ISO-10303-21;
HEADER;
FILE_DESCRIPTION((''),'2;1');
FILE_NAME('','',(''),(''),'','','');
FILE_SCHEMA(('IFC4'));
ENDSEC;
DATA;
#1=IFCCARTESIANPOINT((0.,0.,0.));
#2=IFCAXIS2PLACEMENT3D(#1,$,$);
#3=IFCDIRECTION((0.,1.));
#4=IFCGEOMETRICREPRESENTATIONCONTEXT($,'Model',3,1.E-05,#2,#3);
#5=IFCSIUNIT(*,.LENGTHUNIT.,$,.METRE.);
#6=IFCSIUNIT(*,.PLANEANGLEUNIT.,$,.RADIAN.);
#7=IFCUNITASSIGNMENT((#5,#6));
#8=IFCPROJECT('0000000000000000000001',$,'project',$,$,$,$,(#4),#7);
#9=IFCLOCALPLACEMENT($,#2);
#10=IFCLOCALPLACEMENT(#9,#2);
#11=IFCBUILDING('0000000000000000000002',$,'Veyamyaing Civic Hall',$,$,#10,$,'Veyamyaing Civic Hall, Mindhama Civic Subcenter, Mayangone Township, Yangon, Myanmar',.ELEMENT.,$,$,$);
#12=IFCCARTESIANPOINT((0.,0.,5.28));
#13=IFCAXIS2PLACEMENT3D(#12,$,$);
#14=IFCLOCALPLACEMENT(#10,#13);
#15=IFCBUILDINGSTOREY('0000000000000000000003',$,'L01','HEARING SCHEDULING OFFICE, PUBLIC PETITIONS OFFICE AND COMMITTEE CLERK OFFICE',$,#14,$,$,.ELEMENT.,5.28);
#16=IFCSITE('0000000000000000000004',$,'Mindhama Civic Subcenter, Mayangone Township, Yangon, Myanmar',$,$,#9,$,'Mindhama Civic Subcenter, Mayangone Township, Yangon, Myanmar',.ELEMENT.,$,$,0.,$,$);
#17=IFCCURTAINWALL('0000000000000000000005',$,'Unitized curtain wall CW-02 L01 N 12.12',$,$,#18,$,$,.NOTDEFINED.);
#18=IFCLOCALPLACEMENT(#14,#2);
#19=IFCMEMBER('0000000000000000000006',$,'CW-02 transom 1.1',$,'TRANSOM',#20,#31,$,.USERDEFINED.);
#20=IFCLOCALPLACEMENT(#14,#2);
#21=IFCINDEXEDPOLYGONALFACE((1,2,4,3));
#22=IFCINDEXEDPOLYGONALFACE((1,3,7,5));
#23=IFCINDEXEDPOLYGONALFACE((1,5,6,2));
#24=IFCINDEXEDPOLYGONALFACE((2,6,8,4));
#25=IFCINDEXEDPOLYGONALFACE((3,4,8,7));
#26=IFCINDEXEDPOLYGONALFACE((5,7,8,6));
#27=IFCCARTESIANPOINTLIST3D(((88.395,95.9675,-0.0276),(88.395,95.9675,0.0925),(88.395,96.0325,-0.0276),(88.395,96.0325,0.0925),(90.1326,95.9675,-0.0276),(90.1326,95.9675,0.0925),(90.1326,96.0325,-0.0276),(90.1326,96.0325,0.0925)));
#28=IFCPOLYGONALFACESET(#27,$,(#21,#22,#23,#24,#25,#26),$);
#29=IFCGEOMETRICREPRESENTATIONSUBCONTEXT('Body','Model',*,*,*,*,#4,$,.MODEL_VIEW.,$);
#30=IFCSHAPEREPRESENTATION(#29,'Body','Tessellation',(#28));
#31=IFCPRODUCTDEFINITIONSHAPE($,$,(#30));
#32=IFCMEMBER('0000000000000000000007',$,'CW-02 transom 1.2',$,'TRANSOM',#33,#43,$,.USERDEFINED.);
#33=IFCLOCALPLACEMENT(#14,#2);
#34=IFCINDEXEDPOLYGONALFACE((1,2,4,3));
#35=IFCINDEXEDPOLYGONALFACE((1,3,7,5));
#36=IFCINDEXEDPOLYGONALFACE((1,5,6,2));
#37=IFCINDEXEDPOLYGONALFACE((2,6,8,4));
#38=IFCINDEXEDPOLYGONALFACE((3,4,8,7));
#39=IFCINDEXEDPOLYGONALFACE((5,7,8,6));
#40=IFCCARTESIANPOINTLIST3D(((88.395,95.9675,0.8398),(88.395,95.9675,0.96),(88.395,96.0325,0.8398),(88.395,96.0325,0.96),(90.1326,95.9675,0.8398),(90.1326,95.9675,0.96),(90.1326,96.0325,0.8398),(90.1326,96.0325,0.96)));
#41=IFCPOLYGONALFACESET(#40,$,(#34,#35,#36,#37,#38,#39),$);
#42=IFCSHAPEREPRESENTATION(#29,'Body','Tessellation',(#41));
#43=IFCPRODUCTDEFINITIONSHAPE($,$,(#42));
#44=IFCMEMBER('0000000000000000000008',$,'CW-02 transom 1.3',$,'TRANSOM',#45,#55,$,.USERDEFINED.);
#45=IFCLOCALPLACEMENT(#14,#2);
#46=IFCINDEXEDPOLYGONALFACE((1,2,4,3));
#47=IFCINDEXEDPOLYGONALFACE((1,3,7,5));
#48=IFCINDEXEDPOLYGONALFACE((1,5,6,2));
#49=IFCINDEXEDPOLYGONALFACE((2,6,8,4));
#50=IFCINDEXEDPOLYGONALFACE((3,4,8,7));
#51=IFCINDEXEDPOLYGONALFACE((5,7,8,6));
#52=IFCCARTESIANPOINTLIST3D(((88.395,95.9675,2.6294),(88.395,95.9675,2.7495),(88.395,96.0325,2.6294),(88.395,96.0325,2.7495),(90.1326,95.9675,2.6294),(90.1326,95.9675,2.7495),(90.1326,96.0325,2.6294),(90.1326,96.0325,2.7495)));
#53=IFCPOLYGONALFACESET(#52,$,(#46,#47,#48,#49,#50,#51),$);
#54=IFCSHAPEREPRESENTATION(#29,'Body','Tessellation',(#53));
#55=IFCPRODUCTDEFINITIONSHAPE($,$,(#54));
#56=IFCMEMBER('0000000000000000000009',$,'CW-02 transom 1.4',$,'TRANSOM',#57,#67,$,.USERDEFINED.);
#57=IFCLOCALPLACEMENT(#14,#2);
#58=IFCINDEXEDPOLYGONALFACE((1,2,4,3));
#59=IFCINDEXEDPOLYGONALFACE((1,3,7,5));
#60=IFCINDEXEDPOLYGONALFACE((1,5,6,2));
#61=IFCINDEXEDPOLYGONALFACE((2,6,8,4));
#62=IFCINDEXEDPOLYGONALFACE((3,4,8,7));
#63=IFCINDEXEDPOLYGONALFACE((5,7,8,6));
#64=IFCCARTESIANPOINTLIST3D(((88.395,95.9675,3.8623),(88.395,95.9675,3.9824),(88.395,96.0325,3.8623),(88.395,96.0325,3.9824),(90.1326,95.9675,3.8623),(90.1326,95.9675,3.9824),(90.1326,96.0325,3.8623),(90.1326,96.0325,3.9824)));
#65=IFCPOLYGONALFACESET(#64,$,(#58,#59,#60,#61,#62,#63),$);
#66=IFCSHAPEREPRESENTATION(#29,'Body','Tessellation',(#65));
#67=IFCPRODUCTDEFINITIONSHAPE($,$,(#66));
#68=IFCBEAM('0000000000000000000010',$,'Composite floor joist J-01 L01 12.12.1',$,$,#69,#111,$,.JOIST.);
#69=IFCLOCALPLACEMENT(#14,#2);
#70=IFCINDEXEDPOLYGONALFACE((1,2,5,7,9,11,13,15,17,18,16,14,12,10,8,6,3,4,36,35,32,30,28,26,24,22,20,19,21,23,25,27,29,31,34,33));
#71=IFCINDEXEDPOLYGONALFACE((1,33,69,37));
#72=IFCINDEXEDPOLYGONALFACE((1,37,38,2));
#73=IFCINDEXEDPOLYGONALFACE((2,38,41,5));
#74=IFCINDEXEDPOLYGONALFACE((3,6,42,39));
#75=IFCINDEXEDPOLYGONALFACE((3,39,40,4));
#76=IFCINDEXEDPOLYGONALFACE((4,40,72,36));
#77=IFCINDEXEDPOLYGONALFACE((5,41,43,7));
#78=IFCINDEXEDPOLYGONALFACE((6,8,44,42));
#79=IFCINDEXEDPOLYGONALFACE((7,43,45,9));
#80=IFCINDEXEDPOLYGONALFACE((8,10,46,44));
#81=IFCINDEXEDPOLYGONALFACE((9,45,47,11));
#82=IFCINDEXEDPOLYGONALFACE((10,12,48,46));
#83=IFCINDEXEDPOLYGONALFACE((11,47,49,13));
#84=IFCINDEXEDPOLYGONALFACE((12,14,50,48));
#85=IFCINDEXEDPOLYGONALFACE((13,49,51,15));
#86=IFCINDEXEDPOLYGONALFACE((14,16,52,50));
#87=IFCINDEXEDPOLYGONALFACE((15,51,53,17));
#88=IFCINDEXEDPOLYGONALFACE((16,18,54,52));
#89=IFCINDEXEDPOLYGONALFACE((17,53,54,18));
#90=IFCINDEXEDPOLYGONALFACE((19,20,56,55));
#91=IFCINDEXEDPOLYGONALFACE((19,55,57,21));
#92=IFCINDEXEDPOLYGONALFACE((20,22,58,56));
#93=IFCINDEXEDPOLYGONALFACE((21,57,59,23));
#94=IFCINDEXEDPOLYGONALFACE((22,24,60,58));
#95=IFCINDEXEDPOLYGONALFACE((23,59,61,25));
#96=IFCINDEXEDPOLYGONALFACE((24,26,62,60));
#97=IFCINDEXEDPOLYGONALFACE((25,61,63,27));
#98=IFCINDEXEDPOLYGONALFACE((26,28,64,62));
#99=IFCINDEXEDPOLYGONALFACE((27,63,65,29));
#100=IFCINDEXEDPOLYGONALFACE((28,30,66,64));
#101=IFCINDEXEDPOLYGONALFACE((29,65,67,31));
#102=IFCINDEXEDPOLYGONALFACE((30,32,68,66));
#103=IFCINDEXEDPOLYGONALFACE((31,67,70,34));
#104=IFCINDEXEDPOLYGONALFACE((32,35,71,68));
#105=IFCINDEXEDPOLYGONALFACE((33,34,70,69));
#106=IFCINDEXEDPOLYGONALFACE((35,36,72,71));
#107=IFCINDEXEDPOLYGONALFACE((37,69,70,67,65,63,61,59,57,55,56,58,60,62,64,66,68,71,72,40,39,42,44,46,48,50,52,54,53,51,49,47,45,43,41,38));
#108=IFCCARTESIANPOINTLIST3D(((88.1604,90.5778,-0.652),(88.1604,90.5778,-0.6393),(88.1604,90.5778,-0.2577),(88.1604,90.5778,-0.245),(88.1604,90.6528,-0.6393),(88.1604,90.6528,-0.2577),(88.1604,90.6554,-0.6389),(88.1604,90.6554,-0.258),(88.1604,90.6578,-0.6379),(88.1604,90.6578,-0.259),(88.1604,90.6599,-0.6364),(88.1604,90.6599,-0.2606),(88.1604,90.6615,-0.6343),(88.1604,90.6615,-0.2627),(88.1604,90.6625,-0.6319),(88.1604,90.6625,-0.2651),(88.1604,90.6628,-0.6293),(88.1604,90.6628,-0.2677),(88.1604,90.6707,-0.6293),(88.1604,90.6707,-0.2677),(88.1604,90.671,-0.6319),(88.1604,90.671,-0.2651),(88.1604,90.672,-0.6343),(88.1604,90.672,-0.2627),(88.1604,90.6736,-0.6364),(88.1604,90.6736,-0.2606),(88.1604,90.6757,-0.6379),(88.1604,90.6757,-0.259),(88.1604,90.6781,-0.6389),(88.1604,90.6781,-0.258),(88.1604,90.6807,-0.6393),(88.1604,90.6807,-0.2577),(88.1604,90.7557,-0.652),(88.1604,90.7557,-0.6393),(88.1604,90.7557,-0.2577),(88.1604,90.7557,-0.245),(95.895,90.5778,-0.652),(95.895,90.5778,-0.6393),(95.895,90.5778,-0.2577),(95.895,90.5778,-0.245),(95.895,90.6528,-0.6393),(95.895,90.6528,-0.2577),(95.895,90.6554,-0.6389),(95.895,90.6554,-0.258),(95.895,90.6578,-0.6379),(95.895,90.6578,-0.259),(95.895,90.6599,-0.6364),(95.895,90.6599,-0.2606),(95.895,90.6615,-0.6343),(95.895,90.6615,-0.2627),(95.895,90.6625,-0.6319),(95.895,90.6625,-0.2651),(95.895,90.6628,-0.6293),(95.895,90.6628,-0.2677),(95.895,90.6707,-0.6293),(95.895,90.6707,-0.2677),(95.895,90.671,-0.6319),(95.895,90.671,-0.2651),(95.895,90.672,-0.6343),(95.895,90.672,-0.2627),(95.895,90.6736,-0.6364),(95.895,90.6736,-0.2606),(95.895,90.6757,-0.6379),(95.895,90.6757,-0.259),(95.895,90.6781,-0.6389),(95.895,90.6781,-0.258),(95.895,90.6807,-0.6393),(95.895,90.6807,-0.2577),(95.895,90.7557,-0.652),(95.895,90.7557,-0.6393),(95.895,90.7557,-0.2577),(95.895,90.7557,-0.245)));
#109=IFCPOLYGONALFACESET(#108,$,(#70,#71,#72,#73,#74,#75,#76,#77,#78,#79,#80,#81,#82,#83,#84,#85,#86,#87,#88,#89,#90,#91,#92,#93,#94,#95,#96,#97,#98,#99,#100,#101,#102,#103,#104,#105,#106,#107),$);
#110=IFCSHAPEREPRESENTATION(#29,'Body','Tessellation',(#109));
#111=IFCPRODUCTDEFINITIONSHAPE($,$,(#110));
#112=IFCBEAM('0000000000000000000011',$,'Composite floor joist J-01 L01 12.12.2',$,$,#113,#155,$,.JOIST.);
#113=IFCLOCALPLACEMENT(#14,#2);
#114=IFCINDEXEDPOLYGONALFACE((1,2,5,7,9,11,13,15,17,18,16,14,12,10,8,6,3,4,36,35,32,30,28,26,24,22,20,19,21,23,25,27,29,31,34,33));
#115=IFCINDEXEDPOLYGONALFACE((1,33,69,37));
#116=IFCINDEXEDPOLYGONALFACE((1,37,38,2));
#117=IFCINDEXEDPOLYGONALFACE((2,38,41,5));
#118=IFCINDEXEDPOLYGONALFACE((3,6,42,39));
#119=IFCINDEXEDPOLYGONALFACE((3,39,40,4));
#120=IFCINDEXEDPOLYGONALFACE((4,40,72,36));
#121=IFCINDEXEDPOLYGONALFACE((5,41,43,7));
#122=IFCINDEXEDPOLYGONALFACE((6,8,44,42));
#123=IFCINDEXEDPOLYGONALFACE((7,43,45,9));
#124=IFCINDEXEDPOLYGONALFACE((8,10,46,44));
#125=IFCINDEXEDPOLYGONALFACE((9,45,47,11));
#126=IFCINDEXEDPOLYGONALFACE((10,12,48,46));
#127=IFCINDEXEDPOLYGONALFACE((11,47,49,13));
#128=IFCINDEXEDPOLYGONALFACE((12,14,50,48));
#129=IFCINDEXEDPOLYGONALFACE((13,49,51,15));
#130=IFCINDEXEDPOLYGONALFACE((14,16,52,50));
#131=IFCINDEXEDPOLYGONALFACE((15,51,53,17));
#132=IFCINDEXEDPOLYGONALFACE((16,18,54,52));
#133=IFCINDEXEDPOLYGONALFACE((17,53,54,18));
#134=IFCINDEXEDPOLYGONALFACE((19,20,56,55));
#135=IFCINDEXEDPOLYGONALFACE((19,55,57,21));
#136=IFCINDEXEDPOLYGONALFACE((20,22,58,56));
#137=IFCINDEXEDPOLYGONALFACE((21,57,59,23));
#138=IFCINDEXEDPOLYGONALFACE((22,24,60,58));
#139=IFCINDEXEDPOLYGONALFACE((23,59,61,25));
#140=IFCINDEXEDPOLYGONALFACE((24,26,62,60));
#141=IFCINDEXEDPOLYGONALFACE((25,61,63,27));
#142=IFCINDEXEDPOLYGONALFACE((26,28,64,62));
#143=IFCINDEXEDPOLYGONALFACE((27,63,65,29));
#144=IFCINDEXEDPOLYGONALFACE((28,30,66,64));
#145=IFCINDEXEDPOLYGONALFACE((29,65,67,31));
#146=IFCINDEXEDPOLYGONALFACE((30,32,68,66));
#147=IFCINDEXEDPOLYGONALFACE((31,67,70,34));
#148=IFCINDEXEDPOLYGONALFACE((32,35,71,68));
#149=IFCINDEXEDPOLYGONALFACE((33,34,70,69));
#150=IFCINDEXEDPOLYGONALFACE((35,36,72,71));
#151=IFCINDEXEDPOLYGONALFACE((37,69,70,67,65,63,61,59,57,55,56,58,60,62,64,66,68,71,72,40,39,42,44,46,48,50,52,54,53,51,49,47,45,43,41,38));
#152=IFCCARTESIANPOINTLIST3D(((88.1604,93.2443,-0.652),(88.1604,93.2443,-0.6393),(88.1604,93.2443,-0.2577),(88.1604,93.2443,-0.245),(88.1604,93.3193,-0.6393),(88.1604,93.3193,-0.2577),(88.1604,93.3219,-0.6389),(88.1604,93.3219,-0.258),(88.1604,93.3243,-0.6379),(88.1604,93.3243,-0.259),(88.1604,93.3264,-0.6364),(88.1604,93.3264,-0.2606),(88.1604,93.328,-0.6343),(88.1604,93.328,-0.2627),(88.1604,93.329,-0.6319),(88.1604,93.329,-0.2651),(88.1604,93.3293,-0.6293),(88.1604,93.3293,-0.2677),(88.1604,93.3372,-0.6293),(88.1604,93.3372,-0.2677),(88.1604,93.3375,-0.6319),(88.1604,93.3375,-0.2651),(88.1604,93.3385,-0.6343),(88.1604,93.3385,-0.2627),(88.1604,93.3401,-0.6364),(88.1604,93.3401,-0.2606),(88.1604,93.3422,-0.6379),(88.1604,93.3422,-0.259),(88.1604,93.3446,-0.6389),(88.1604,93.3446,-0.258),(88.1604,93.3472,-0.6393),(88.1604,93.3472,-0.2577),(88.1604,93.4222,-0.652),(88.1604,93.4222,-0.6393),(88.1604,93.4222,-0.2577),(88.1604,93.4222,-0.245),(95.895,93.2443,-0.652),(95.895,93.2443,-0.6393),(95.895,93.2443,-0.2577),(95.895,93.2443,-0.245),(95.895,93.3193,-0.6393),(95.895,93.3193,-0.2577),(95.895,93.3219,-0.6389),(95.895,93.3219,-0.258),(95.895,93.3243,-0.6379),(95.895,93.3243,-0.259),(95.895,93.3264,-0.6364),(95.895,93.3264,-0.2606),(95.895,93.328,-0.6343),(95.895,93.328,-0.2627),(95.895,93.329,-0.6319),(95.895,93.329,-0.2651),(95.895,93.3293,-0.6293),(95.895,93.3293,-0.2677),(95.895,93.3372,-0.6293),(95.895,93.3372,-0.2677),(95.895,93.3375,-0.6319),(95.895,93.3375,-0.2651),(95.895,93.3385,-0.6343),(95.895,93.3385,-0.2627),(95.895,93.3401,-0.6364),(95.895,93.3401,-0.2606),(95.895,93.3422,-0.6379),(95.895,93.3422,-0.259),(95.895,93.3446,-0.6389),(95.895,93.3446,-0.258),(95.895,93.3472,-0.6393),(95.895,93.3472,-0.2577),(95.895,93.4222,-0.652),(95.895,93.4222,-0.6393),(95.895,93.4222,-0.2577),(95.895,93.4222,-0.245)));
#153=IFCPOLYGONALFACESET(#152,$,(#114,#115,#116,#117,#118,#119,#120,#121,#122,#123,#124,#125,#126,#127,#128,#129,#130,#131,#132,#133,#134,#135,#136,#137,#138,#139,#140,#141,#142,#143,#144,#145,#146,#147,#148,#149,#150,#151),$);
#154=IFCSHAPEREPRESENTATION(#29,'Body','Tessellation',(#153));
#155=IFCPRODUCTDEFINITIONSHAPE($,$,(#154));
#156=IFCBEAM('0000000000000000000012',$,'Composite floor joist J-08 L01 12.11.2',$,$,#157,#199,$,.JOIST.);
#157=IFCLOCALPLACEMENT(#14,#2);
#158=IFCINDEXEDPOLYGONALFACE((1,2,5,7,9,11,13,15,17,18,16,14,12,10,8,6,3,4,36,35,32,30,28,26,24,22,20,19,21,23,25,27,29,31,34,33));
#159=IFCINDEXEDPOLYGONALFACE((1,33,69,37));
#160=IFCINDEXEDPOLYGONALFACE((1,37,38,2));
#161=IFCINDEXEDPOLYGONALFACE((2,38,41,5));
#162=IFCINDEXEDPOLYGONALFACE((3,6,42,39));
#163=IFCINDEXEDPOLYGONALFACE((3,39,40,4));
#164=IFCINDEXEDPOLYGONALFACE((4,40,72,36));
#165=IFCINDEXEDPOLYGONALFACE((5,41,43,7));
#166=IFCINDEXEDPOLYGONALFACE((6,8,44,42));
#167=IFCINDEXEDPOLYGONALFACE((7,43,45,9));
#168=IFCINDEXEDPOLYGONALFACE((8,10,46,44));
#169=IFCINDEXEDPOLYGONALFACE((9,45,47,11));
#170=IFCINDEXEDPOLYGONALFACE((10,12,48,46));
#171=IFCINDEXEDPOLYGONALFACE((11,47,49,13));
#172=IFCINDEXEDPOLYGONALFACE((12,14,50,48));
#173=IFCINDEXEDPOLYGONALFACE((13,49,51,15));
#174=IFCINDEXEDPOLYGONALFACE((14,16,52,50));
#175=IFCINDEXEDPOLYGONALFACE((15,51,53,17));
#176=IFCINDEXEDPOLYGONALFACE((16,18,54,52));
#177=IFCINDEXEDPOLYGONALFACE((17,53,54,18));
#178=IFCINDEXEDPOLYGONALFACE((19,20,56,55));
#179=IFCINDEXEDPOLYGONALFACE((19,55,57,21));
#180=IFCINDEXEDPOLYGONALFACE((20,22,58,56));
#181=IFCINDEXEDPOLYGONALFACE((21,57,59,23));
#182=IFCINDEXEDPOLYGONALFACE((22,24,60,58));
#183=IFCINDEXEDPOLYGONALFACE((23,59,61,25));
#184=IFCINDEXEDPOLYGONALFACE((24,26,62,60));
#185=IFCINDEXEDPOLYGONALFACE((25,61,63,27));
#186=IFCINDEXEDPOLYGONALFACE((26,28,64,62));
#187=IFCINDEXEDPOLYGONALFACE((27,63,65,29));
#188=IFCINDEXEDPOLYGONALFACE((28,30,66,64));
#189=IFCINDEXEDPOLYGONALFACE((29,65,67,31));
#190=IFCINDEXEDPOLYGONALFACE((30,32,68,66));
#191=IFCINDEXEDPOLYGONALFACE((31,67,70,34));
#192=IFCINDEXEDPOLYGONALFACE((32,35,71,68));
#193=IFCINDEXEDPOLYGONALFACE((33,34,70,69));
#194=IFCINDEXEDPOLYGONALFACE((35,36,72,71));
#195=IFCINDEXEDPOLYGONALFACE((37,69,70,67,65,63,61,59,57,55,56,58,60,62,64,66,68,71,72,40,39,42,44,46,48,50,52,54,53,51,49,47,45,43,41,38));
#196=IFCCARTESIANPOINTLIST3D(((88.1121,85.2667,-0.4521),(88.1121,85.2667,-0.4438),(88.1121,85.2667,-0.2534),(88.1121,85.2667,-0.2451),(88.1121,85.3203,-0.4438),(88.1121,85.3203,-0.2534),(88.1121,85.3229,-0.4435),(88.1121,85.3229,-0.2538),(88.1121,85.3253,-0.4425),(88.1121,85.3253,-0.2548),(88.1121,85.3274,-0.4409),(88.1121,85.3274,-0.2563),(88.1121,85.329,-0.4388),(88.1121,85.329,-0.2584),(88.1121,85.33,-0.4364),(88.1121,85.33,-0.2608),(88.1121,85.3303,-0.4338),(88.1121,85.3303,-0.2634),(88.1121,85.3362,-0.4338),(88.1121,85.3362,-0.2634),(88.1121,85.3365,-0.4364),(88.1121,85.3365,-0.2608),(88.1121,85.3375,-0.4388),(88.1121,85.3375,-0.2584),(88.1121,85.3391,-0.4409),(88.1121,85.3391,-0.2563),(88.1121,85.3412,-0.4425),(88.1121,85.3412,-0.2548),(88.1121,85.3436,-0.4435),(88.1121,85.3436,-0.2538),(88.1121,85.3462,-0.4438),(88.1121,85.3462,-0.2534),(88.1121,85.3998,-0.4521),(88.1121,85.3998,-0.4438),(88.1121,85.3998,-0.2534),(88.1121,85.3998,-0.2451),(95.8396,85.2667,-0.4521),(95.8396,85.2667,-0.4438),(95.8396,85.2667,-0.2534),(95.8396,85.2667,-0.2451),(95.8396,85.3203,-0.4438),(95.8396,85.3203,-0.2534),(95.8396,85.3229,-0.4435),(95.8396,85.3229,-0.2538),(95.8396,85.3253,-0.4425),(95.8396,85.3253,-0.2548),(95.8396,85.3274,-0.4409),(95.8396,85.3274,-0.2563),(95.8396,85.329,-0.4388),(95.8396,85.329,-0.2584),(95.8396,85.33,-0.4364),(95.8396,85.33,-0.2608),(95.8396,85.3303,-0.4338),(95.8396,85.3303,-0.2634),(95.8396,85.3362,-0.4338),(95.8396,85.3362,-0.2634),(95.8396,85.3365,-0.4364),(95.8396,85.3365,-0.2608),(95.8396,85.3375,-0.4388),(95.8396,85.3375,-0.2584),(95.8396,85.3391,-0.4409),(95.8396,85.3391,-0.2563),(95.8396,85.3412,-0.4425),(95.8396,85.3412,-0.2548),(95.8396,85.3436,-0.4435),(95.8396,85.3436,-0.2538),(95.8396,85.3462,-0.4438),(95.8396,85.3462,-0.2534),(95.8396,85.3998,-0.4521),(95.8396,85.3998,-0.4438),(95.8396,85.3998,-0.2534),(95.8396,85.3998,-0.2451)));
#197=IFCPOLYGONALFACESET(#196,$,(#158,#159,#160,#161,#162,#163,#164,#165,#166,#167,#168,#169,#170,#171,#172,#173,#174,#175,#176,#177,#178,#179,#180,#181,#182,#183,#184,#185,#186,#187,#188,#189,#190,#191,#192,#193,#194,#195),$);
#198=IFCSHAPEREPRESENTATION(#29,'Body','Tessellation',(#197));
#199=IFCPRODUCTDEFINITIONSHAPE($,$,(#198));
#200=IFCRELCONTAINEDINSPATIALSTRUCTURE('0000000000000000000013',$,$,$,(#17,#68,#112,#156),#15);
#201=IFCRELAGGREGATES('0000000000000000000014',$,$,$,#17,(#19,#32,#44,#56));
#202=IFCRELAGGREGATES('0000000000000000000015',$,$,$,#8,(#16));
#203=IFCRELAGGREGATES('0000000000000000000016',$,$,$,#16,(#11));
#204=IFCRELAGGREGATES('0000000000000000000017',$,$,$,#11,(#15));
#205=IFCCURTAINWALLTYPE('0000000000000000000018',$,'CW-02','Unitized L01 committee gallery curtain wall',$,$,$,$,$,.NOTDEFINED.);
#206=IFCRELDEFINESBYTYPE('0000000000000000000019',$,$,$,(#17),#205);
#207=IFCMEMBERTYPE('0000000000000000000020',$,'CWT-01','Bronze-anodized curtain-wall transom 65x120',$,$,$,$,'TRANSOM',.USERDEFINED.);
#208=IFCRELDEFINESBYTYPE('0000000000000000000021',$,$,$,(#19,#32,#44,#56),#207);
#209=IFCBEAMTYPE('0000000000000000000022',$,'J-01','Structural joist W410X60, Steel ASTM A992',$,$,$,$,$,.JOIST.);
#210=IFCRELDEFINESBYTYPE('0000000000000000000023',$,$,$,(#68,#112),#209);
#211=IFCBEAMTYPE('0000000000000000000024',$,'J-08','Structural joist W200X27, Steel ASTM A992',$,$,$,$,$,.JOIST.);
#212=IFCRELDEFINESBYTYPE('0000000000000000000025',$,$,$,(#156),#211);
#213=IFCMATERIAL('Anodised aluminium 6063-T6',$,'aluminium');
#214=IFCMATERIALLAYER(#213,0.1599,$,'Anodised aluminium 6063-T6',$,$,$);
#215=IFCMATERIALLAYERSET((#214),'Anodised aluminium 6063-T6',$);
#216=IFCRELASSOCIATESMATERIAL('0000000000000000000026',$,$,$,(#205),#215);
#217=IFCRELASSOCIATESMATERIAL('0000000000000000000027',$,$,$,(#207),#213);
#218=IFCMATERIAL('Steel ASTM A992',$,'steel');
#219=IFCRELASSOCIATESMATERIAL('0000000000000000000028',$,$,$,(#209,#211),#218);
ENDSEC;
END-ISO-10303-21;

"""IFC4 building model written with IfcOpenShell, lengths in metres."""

from ifc_helpers import new_model, si_unit, direction, frame, origin, origin_2d, place, context, subcontext, project, spatial, rectangle, i_section, extrude, material, layer, layer_set, material_profile, profile_set, type_object, element, aggregate, save


model = new_model("IFC4")

# Units and contexts
model_context = context("Model", 3, precision=1e-05, world=origin(), true_north=direction((0.0, 1.0)))
body_context = subcontext(model_context, "Body", "Model", "MODEL_VIEW")
ifc_project = project(units=[si_unit("LENGTHUNIT", "METRE"), si_unit("PLANEANGLEUNIT", "RADIAN")], contexts=[model_context])

# Site, building, storey
site_placement = place(None, origin())
site = spatial("IfcSite", under=ifc_project, at=site_placement, Name="Mindhama Civic Subcenter, Mayangone Township, Yangon, Myanmar", LongName="Mindhama Civic Subcenter, Mayangone Township, Yangon, Myanmar", CompositionType="ELEMENT", RefElevation=0.0)
building_placement = place(site_placement, origin())
building = spatial("IfcBuilding", under=site, at=building_placement, Name="Veyamyaing Civic Hall", LongName="Veyamyaing Civic Hall, Mindhama Civic Subcenter, Mayangone Township, Yangon, Myanmar", CompositionType="ELEMENT")
storey_placement = place(building_placement, frame((0.0, 0.0, 5.28)))
storey = spatial("IfcBuildingStorey", under=building, at=storey_placement, Name="L01", Description="HEARING SCHEDULING OFFICE, PUBLIC PETITIONS OFFICE AND COMMITTEE CLERK OFFICE", CompositionType="ELEMENT", Elevation=5.28)

# Shared definitions
ifc_material_1 = material(Name="Steel ASTM A992", Category="steel")

# Curtain wall, members
ifc_material_2 = material(Name="Anodised aluminium 6063-T6", Category="aluminium")
ifc_layer_1 = layer(ifc_material_2, 0.1599, Name="Anodised aluminium 6063-T6")
ifc_layer_set_1 = layer_set([ifc_layer_1], Name="Anodised aluminium 6063-T6")
curtain_wall_type = type_object("IfcCurtainWallType", Name="CW-02", Description="Unitized L01 committee gallery curtain wall", PredefinedType="NOTDEFINED", material=ifc_layer_set_1)
curtain_wall_placement = place(storey_placement, origin())
curtain_wall = element("IfcCurtainWall", 1, at=curtain_wall_placement, inside=storey, type_object=curtain_wall_type, Name="Unitized curtain wall CW-02 L01 N 12.12", PredefinedType="NOTDEFINED")
ifc_material_profile_1 = material_profile(ifc_material_2, rectangle(XDim=0.0649, YDim=0.1201, at=origin_2d()), Name="ALU-TRN-65X120")
ifc_profile_set_1 = profile_set([ifc_material_profile_1], Name="Anodised aluminium 6063-T6")
member_type_1 = type_object("IfcMemberType", Name="CWT-01", Description="Bronze-anodized curtain-wall transom 65x120", ElementType="TRANSOM", PredefinedType="USERDEFINED", material=ifc_profile_set_1)
member_1_placement = place(storey_placement, frame((88.395, 96.0, 0.0325), z_axis=(1.0, 0.0, 0.0), x_axis=(0.0, 1.0, 0.0)))
member_1 = element("IfcMember", 2, at=member_1_placement, type_object=member_type_1, Name="CW-02 transom 1.1", ObjectType="TRANSOM", PredefinedType="USERDEFINED", context=body_context, shape_type="SweptSolid", body=[
    extrude(rectangle(XDim=0.0649, YDim=0.1201, at=origin_2d()), origin(), (0.0, 0.0, 1.0), 1.7375),
])
member_2_placement = place(storey_placement, frame((88.395, 96.0, 0.8999), z_axis=(1.0, 0.0, 0.0), x_axis=(0.0, 1.0, 0.0)))
member_2 = element("IfcMember", 3, at=member_2_placement, type_object=member_type_1, Name="CW-02 transom 1.2", ObjectType="TRANSOM", PredefinedType="USERDEFINED", context=body_context, shape_type="SweptSolid", body=[
    extrude(rectangle(XDim=0.0649, YDim=0.1201, at=origin_2d()), origin(), (0.0, 0.0, 1.0), 1.7375),
])
member_3_placement = place(storey_placement, frame((88.395, 96.0, 2.6895), z_axis=(1.0, 0.0, 0.0), x_axis=(0.0, 1.0, 0.0)))
member_3 = element("IfcMember", 4, at=member_3_placement, type_object=member_type_1, Name="CW-02 transom 1.3", ObjectType="TRANSOM", PredefinedType="USERDEFINED", context=body_context, shape_type="SweptSolid", body=[
    extrude(rectangle(XDim=0.0649, YDim=0.1201, at=origin_2d()), origin(), (0.0, 0.0, 1.0), 1.7375),
])
member_4_placement = place(storey_placement, frame((88.395, 96.0, 3.9224), z_axis=(1.0, 0.0, 0.0), x_axis=(0.0, 1.0, 0.0)))
member_4 = element("IfcMember", 5, at=member_4_placement, type_object=member_type_1, Name="CW-02 transom 1.4", ObjectType="TRANSOM", PredefinedType="USERDEFINED", context=body_context, shape_type="SweptSolid", body=[
    extrude(rectangle(XDim=0.0649, YDim=0.1201, at=origin_2d()), origin(), (0.0, 0.0, 1.0), 1.7375),
])
aggregate(curtain_wall, [member_1, member_2, member_3, member_4])

# Beams
ifc_material_profile_2 = material_profile(ifc_material_1, i_section(OverallWidth=0.178, OverallDepth=0.407, WebThickness=0.0078, FlangeThickness=0.0127, FilletRadius=0.01, at=origin_2d()), Name="W410X60")
ifc_profile_set_2 = profile_set([ifc_material_profile_2], Name="Steel ASTM A992")
beam_type_1 = type_object("IfcBeamType", Name="J-01", Description="Structural joist W410X60, Steel ASTM A992", PredefinedType="JOIST", material=ifc_profile_set_2)
for number, where, z_axis, x_axis, name in (
    (6, (88.1604, 90.6667, -0.4485), (1.0, 0.0, 0.0), (0.0, 1.0, 0.0), "Composite floor joist J-01 L01 12.12.1"),
    (7, (88.1604, 93.3333, -0.4485), (1.0, 0.0, 0.0), (0.0, 1.0, 0.0), "Composite floor joist J-01 L01 12.12.2"),
):
    element("IfcBeam", number, at=place(storey_placement, frame(where, z_axis=z_axis, x_axis=x_axis)), inside=storey, type_object=beam_type_1, Name=name, PredefinedType="JOIST", context=body_context, shape_type="SweptSolid", body=[
        extrude(i_section(OverallWidth=0.178, OverallDepth=0.407, WebThickness=0.0078, FlangeThickness=0.0127, FilletRadius=0.01, at=origin_2d()), origin(), (0.0, 0.0, 1.0), 7.7346),
    ])
ifc_material_profile_3 = material_profile(ifc_material_1, i_section(OverallWidth=0.1331, OverallDepth=0.207, WebThickness=0.0059, FlangeThickness=0.0083, FilletRadius=0.01, at=origin_2d()), Name="W200X27")
ifc_profile_set_3 = profile_set([ifc_material_profile_3], Name="Steel ASTM A992")
beam_type_2 = type_object("IfcBeamType", Name="J-08", Description="Structural joist W200X27, Steel ASTM A992", PredefinedType="JOIST", material=ifc_profile_set_3)
beam_1_placement = place(storey_placement, frame((88.1121, 85.3333, -0.3486), z_axis=(1.0, 0.0, 0.0), x_axis=(0.0, 1.0, 0.0)))
element("IfcBeam", 8, at=beam_1_placement, inside=storey, type_object=beam_type_2, Name="Composite floor joist J-08 L01 12.11.2", PredefinedType="JOIST", context=body_context, shape_type="SweptSolid", body=[
    extrude(i_section(OverallWidth=0.1331, OverallDepth=0.207, WebThickness=0.0059, FlangeThickness=0.0083, FilletRadius=0.01, at=origin_2d()), origin(), (0.0, 0.0, 1.0), 7.7275),
])

save(model, "model.ifc")
